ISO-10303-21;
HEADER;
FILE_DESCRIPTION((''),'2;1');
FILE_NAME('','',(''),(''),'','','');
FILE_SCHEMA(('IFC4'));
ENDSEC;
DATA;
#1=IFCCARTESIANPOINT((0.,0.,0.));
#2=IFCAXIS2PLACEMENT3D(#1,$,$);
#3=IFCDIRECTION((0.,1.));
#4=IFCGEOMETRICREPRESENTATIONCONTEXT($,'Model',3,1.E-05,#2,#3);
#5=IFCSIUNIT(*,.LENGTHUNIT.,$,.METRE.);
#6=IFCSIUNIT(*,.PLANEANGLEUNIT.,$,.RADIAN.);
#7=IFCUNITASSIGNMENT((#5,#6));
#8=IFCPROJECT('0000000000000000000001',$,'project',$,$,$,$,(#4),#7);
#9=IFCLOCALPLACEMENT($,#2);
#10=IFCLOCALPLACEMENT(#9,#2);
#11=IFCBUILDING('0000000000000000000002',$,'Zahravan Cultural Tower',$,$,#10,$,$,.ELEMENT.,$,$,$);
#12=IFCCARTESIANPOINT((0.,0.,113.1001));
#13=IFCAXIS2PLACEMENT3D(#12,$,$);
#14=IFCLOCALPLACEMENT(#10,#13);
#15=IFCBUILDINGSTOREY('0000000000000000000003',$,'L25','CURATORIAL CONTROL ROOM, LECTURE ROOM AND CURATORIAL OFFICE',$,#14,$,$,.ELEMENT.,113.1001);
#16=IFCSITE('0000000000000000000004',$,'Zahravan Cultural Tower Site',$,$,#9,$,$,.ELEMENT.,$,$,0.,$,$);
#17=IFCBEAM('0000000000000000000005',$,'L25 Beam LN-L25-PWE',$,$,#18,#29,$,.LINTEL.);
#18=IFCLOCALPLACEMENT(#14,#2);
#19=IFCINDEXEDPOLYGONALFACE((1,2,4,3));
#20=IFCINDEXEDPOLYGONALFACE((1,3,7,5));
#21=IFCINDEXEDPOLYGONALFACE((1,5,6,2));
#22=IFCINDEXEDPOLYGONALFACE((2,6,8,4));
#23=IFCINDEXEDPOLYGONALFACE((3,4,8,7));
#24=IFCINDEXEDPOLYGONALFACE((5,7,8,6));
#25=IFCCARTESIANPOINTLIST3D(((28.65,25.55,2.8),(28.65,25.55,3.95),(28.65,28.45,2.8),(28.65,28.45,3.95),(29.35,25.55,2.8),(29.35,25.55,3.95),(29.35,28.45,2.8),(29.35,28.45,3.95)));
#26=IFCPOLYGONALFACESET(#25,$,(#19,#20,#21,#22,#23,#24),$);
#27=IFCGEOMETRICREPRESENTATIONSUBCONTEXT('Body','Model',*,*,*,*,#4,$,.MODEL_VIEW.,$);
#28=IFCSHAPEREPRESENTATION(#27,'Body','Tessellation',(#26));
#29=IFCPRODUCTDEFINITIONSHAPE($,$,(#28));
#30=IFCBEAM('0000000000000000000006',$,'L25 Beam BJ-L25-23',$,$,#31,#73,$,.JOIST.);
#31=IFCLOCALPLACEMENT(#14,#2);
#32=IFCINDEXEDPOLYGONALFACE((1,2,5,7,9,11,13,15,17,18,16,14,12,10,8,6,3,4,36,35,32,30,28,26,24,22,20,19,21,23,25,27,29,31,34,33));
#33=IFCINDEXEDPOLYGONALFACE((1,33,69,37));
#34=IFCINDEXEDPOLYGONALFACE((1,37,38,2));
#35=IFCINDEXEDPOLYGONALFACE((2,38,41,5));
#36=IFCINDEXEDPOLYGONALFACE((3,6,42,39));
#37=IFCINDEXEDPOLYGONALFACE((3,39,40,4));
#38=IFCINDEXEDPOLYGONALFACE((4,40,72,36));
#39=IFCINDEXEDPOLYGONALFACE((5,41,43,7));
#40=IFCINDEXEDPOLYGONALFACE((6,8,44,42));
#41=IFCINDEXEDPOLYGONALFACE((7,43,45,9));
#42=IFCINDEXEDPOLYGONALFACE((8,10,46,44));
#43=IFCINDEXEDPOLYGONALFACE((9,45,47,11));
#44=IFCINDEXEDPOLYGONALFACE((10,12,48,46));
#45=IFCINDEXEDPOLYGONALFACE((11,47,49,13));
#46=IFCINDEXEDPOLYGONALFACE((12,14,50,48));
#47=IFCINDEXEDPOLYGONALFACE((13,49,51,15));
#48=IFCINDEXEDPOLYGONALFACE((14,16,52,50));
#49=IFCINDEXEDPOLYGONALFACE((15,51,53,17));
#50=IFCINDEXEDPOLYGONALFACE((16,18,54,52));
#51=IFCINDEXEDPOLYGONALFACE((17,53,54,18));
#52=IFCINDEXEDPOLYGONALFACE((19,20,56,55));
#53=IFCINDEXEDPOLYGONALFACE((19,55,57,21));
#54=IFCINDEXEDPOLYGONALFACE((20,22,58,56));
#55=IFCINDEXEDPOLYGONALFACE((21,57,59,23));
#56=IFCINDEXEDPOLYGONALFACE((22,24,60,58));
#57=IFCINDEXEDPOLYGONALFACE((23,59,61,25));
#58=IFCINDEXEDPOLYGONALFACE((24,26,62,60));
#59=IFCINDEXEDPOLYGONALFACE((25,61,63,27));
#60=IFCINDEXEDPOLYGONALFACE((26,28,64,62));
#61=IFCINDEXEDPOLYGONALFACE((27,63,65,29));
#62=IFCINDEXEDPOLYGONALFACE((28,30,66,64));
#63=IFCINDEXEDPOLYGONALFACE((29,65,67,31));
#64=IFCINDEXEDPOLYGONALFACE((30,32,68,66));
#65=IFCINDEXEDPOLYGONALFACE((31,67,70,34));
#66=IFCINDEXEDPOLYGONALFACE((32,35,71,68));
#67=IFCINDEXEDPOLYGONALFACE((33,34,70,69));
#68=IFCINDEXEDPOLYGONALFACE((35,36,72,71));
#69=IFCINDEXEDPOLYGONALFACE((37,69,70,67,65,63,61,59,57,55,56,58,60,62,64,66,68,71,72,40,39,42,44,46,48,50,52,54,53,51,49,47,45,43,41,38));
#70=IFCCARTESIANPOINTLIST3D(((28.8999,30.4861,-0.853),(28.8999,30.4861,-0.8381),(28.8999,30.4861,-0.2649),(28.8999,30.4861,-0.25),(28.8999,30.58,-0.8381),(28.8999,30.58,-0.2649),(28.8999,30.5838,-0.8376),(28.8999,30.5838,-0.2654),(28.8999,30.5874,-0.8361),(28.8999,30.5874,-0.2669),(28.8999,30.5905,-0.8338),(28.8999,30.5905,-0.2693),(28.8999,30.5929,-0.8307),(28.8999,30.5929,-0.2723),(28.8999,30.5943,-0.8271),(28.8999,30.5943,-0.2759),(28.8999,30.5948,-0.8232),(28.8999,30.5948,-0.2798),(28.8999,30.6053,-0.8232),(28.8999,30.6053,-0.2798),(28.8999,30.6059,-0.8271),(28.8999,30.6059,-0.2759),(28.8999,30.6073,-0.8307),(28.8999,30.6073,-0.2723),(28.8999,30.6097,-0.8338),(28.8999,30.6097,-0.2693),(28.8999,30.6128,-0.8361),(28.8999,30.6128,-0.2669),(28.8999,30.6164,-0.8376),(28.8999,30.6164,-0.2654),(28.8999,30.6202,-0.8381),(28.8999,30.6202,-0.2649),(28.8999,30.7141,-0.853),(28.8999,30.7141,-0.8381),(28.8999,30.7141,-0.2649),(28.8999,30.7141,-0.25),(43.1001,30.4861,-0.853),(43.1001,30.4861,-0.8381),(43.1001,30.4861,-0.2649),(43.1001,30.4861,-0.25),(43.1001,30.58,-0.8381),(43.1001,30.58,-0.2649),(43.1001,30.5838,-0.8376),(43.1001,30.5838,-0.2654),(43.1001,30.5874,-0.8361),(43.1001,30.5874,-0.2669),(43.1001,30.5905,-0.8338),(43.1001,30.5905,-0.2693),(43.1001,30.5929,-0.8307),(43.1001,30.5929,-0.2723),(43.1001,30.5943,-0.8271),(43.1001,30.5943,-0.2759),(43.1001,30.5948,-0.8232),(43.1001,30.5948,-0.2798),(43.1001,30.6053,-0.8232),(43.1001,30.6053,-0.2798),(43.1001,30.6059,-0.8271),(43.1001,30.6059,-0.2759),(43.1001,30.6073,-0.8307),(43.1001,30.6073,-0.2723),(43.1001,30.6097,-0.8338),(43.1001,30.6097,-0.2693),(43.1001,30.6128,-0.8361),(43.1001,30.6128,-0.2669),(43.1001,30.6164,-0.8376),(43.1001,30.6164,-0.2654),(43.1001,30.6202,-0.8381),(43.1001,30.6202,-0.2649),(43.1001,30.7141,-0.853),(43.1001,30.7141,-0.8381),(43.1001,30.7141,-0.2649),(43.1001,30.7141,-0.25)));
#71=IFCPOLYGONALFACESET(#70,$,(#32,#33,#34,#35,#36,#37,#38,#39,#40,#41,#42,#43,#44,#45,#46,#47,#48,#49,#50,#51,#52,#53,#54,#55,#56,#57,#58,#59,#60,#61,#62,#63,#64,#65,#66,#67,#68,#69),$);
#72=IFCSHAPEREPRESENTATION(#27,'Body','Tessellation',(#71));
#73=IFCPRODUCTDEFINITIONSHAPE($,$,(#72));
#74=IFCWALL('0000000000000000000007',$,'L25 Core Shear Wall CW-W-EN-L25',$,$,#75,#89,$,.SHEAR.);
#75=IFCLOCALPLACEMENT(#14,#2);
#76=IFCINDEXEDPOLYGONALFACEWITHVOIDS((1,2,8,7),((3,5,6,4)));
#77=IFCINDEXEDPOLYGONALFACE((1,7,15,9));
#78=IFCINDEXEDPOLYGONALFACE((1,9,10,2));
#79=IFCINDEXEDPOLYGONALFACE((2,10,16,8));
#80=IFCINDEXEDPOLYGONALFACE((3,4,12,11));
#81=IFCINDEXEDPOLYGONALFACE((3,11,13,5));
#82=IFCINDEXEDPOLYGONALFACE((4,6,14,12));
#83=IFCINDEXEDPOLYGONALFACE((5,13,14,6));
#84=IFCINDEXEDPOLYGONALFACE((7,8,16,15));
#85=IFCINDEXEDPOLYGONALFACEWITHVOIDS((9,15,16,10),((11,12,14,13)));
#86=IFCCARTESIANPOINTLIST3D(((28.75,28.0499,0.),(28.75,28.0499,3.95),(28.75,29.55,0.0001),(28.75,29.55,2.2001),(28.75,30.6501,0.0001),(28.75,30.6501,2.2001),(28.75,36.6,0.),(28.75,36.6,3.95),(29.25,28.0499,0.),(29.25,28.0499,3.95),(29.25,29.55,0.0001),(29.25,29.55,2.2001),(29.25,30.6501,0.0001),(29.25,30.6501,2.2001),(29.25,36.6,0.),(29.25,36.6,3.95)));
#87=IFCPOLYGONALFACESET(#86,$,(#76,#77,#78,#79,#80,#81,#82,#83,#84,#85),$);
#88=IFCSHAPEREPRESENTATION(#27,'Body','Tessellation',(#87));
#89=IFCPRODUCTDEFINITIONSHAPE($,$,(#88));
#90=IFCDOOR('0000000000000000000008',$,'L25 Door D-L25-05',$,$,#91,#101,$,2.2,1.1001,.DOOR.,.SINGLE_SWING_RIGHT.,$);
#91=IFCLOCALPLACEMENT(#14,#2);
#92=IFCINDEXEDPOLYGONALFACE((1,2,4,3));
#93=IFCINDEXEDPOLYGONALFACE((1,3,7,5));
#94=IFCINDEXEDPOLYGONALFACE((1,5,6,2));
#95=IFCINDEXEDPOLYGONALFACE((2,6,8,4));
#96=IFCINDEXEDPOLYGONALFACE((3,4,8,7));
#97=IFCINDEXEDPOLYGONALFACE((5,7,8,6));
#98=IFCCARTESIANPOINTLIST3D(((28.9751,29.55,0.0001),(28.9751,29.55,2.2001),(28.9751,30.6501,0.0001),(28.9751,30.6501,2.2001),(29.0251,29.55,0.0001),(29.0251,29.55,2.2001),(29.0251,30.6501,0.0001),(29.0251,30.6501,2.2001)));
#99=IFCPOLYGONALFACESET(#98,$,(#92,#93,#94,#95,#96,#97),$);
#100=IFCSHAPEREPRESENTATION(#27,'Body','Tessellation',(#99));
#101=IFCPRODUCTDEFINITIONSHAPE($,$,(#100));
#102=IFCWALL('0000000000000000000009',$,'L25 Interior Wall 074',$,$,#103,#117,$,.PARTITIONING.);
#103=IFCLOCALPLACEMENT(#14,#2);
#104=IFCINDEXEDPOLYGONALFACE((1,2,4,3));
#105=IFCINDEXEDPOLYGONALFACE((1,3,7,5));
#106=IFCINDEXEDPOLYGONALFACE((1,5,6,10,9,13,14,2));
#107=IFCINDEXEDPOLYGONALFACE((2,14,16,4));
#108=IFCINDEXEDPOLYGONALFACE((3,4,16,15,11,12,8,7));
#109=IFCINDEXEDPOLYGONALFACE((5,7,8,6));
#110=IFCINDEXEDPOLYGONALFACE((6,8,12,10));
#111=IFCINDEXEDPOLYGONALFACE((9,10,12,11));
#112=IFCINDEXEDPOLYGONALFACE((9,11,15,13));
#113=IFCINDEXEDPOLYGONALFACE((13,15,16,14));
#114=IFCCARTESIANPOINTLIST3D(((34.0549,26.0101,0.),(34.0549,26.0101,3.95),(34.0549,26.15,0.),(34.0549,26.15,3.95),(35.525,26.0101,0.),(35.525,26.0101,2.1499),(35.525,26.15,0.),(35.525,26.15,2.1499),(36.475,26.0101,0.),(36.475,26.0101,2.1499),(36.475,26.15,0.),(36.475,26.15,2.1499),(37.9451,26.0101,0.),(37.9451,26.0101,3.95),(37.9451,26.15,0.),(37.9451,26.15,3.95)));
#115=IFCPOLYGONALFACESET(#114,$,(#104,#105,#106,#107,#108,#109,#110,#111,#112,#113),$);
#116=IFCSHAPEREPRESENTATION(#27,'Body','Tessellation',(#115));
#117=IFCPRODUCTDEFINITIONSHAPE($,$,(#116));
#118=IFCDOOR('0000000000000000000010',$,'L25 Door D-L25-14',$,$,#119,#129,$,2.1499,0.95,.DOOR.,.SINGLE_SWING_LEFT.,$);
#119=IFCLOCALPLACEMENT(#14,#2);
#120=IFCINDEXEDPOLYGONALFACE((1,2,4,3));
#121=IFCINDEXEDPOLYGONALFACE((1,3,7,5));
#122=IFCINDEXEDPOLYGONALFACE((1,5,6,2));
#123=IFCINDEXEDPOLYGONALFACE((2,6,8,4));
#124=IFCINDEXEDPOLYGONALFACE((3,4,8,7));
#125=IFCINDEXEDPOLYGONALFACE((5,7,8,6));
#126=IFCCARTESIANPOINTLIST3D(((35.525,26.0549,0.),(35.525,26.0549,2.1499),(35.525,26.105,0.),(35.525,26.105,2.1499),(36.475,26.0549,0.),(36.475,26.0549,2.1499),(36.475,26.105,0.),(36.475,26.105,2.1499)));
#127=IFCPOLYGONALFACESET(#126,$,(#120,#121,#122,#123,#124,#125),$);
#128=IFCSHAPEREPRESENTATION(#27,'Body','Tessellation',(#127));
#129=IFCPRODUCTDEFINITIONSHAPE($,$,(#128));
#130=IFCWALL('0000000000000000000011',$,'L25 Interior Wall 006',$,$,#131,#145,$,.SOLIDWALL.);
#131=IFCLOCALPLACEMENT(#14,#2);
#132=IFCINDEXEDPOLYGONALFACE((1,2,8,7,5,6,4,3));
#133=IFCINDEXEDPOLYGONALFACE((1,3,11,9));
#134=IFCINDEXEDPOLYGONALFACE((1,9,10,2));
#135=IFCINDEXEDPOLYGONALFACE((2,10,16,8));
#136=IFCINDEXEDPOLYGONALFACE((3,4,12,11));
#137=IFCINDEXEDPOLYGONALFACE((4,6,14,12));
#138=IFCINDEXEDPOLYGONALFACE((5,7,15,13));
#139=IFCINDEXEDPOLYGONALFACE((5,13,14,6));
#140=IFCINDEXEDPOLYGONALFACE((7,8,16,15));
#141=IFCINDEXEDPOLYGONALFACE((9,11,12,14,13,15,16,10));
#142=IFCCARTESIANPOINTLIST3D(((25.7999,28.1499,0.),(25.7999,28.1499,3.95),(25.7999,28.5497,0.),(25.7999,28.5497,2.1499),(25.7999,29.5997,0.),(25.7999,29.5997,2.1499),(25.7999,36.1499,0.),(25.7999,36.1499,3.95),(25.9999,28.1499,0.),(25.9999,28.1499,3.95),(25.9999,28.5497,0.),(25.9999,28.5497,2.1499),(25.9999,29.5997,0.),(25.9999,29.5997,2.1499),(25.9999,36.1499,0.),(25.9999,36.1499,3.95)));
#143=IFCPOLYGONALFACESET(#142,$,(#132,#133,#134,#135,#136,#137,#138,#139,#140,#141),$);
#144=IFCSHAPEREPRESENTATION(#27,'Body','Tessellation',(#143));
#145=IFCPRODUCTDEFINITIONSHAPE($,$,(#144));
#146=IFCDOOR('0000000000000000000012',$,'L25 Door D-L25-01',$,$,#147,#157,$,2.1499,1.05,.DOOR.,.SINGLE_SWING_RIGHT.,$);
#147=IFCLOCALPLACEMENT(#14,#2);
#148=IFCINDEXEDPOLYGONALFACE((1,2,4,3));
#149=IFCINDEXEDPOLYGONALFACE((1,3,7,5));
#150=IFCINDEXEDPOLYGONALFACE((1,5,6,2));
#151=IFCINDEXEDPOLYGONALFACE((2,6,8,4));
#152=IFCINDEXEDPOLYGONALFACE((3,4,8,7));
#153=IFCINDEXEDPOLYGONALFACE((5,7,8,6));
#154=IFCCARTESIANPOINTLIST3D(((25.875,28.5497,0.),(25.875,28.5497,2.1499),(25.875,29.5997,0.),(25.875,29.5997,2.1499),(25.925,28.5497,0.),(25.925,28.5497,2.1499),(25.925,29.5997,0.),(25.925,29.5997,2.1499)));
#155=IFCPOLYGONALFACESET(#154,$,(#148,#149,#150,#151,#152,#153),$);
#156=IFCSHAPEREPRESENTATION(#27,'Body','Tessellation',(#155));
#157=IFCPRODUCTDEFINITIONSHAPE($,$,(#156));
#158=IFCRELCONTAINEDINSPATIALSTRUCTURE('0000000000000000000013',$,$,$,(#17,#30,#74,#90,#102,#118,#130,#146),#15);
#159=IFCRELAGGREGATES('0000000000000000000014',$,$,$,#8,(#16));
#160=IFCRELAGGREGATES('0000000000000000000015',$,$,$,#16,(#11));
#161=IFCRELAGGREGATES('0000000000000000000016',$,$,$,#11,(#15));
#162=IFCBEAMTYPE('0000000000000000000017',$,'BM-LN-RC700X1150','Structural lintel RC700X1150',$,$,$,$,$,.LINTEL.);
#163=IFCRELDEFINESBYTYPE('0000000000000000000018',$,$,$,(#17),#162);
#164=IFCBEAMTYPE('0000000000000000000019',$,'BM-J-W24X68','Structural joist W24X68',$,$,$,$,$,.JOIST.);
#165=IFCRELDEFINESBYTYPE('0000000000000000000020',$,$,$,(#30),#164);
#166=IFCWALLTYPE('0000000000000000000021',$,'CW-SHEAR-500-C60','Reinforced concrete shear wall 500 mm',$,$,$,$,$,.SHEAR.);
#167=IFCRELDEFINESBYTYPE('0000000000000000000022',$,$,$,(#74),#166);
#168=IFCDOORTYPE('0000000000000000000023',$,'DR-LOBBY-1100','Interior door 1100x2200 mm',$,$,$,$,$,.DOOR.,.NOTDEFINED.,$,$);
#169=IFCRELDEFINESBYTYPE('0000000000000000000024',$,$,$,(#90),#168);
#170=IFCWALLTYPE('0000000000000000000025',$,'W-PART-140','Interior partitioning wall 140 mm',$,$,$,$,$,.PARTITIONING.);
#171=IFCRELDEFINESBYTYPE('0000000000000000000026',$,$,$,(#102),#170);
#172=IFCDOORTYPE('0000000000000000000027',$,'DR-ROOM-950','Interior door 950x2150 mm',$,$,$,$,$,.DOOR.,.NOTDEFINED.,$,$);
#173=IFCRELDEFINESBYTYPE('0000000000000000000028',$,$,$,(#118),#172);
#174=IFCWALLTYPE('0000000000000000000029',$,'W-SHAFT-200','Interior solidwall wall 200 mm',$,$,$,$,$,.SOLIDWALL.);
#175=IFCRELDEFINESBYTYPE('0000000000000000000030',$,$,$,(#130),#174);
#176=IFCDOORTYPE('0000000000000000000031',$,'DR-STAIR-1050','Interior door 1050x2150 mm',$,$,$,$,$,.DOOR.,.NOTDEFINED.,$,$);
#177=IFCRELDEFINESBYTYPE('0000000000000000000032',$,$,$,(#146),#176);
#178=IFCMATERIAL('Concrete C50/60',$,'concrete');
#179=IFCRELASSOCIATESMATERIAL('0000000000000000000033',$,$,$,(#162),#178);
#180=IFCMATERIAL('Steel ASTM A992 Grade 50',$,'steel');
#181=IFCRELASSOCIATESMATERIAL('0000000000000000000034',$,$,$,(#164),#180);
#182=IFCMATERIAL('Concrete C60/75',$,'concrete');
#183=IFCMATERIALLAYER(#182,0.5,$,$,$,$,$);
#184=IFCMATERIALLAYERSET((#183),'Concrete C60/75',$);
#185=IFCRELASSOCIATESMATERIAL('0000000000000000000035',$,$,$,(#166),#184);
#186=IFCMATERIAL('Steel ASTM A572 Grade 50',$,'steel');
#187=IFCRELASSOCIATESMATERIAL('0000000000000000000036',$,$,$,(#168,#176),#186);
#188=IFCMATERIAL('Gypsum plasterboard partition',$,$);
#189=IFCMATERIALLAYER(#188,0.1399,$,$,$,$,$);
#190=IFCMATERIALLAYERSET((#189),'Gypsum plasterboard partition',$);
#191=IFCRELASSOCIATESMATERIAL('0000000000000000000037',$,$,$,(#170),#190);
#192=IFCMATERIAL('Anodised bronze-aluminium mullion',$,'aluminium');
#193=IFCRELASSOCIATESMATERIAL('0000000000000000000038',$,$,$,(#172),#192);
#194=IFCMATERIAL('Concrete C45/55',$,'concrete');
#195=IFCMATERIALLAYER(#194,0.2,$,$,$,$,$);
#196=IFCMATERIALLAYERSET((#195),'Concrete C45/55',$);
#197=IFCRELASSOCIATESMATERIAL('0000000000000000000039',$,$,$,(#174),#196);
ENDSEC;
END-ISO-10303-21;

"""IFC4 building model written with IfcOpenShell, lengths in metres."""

from ifc_helpers import new_model, si_unit, direction, frame, frame_2d, origin, origin_2d, place, context, subcontext, project, spatial, rectangle, i_section, extrude, source, transform, mapped, material, layer, layer_set, material_profile, profile_set, type_object, element, fill, save


model = new_model("IFC4")

# Units and contexts
model_context = context("Model", 3, precision=1e-05, world=origin(), true_north=direction((0.0, 1.0)))
body_context = subcontext(model_context, "Body", "Model", "MODEL_VIEW")
ifc_project = project(units=[si_unit("LENGTHUNIT", "METRE"), si_unit("PLANEANGLEUNIT", "RADIAN")], contexts=[model_context])

# Site, building, storey
site_placement = place(None, origin())
site = spatial("IfcSite", under=ifc_project, at=site_placement, Name="Zahravan Cultural Tower Site", CompositionType="ELEMENT", RefElevation=0.0)
building_placement = place(site_placement, origin())
building = spatial("IfcBuilding", under=site, at=building_placement, Name="Zahravan Cultural Tower", CompositionType="ELEMENT")
storey_placement = place(building_placement, frame((0.0, 0.0, 113.1001)))
storey = spatial("IfcBuildingStorey", under=building, at=storey_placement, Name="L25", Description="CURATORIAL CONTROL ROOM, LECTURE ROOM AND CURATORIAL OFFICE", CompositionType="ELEMENT", Elevation=113.1001)

# Beams
ifc_material_1 = material(Name="Concrete C50/60", Category="concrete")
ifc_material_profile_1 = material_profile(ifc_material_1, rectangle(XDim=0.7, YDim=1.1499, at=origin_2d()), Name="RC700X1150")
ifc_profile_set_1 = profile_set([ifc_material_profile_1], Name="Concrete C50/60")
beam_type_1 = type_object("IfcBeamType", Name="BM-LN-RC700X1150", Description="Structural lintel RC700X1150", PredefinedType="LINTEL", material=ifc_profile_set_1)
shared_shape_1 = source(origin(), body_context, "Body", "SweptSolid", [
    extrude(rectangle(XDim=0.7, YDim=1.1499, at=origin_2d()), origin(), (0.0, 0.0, 1.0), 2.8999),
])
beam_1_placement = place(storey_placement, frame((29.0, 25.55, 3.375), z_axis=(0.0, 1.0, 0.0), x_axis=(-1.0, 0.0, 0.0)))
element("IfcBeam", 1, at=beam_1_placement, inside=storey, type_object=beam_type_1, Name="L25 Beam LN-L25-PWE", PredefinedType="LINTEL", context=body_context, shape_type="MappedRepresentation", body=[
    mapped(shared_shape_1, transform((0.0, 0.0, 0.0), x_axis=(1.0, 0.0, 0.0), y_axis=(0.0, 1.0, 0.0), z_axis=(0.0, 0.0, 1.0), scale=1.0)),
])
ifc_material_2 = material(Name="Steel ASTM A992 Grade 50", Category="steel")
ifc_material_profile_2 = material_profile(ifc_material_2, i_section(OverallWidth=0.228, OverallDepth=0.603, WebThickness=0.0105, FlangeThickness=0.0149, FilletRadius=0.0149, at=origin_2d()), Name="W24X68")
ifc_profile_set_2 = profile_set([ifc_material_profile_2], Name="Steel ASTM A992 Grade 50")
beam_type_2 = type_object("IfcBeamType", Name="BM-J-W24X68", Description="Structural joist W24X68", PredefinedType="JOIST", material=ifc_profile_set_2)
shared_shape_2 = source(origin(), body_context, "Body", "SweptSolid", [
    extrude(i_section(OverallWidth=0.228, OverallDepth=0.603, WebThickness=0.0105, FlangeThickness=0.0149, FilletRadius=0.0149, at=origin_2d()), origin(), (0.0, 0.0, 1.0), 14.2002),
])
beam_2_placement = place(storey_placement, frame((28.8999, 30.6001, -0.5515), z_axis=(1.0, 0.0, 0.0), x_axis=(0.0, 1.0, 0.0)))
element("IfcBeam", 2, at=beam_2_placement, inside=storey, type_object=beam_type_2, Name="L25 Beam BJ-L25-23", PredefinedType="JOIST", context=body_context, shape_type="MappedRepresentation", body=[
    mapped(shared_shape_2, transform((0.0, 0.0, 0.0), x_axis=(1.0, 0.0, 0.0), y_axis=(0.0, 1.0, 0.0), z_axis=(0.0, 0.0, 1.0), scale=1.0)),
])

# Walls, openings, doors
ifc_material_3 = material(Name="Concrete C60/75", Category="concrete")
ifc_layer_1 = layer(ifc_material_3, 0.5)
ifc_layer_set_1 = layer_set([ifc_layer_1], Name="Concrete C60/75")
wall_type_1 = type_object("IfcWallType", Name="CW-SHEAR-500-C60", Description="Reinforced concrete shear wall 500 mm", PredefinedType="SHEAR", material=ifc_layer_set_1)
wall_1_placement = place(storey_placement, frame((29.0, 28.05, 0.0), z_axis=(0.0, 0.0, 1.0), x_axis=(0.0, 1.0, 0.0)))
wall_1 = element("IfcWall", 3, at=wall_1_placement, inside=storey, type_object=wall_type_1, Name="L25 Core Shear Wall CW-W-EN-L25", PredefinedType="SHEAR", context=body_context, shape_type="SweptSolid", body=[
    extrude(rectangle(XDim=8.55, YDim=0.5, at=frame_2d((4.2749, 0.0))), origin(), (0.0, 0.0, 1.0), 3.95),
])
opening_1_placement = place(wall_1_placement, frame((1.5, 0.0, 0.0)))
opening_1 = element("IfcOpeningElement", 4, at=opening_1_placement, cuts=wall_1, PredefinedType="OPENING", context=body_context, shape_type="SweptSolid", body=[
    extrude(rectangle(XDim=1.1001, YDim=2.2, at=frame_2d((0.55, 1.1001))), frame((0.0, 0.26, 0.0), z_axis=(0.0, -1.0, 0.0), x_axis=(1.0, 0.0, 0.0)), (0.0, 0.0, 1.0), 0.52),
])
ifc_material_4 = material(Name="Steel ASTM A572 Grade 50", Category="steel")
door_type_1 = type_object("IfcDoorType", Name="DR-LOBBY-1100", Description="Interior door 1100x2200 mm", OperationType="NOTDEFINED", PredefinedType="DOOR", material=ifc_material_4)
shared_shape_3 = source(origin(), body_context, "Body", "SweptSolid", [
    extrude(rectangle(XDim=1.1001, YDim=2.2, at=frame_2d((0.55, 1.1001))), frame((0.0, 0.0249, 0.0), z_axis=(0.0, -1.0, 0.0), x_axis=(1.0, 0.0, 0.0)), (0.0, 0.0, 1.0), 0.05),
])
door_1_placement = place(opening_1_placement, origin())
door_1 = element("IfcDoor", 5, at=door_1_placement, inside=storey, type_object=door_type_1, Name="L25 Door D-L25-05", OperationType="SINGLE_SWING_RIGHT", OverallHeight=2.2, OverallWidth=1.1001, PredefinedType="DOOR", context=body_context, shape_type="MappedRepresentation", body=[
    mapped(shared_shape_3, transform((0.0, 0.0, 0.0), x_axis=(1.0, 0.0, 0.0), y_axis=(0.0, 1.0, 0.0), z_axis=(0.0, 0.0, 1.0), scale=1.0)),
])
fill(opening_1, door_1)
ifc_material_5 = material(Name="Gypsum plasterboard partition")
ifc_layer_2 = layer(ifc_material_5, 0.1399)
ifc_layer_set_2 = layer_set([ifc_layer_2], Name="Gypsum plasterboard partition")
wall_type_2 = type_object("IfcWallType", Name="W-PART-140", Description="Interior partitioning wall 140 mm", PredefinedType="PARTITIONING", material=ifc_layer_set_2)
wall_2_placement = place(storey_placement, frame((34.0549, 26.0801, 0.0), z_axis=(0.0, 0.0, 1.0), x_axis=(1.0, 0.0, 0.0)))
wall_2 = element("IfcWall", 6, at=wall_2_placement, inside=storey, type_object=wall_type_2, Name="L25 Interior Wall 074", PredefinedType="PARTITIONING", context=body_context, shape_type="SweptSolid", body=[
    extrude(rectangle(XDim=3.8901, YDim=0.1399, at=frame_2d((1.9451, 0.0))), origin(), (0.0, 0.0, 1.0), 3.95),
])
opening_2_placement = place(wall_2_placement, frame((1.47, 0.0, 0.0)))
opening_2 = element("IfcOpeningElement", 7, at=opening_2_placement, cuts=wall_2, PredefinedType="OPENING", context=body_context, shape_type="SweptSolid", body=[
    extrude(rectangle(XDim=0.95, YDim=2.1499, at=frame_2d((0.4751, 1.075))), frame((0.0, 0.0798, 0.0), z_axis=(0.0, -1.0, 0.0), x_axis=(1.0, 0.0, 0.0)), (0.0, 0.0, 1.0), 0.1599),
])
ifc_material_6 = material(Name="Anodised bronze-aluminium mullion", Category="aluminium")
door_type_2 = type_object("IfcDoorType", Name="DR-ROOM-950", Description="Interior door 950x2150 mm", OperationType="NOTDEFINED", PredefinedType="DOOR", material=ifc_material_6)
shared_shape_4 = source(origin(), body_context, "Body", "SweptSolid", [
    extrude(rectangle(XDim=0.95, YDim=2.1499, at=frame_2d((0.4751, 1.075))), frame((0.0, 0.0249, 0.0), z_axis=(0.0, -1.0, 0.0), x_axis=(1.0, 0.0, 0.0)), (0.0, 0.0, 1.0), 0.05),
])
door_2_placement = place(opening_2_placement, origin())
door_2 = element("IfcDoor", 8, at=door_2_placement, inside=storey, type_object=door_type_2, Name="L25 Door D-L25-14", OperationType="SINGLE_SWING_LEFT", OverallHeight=2.1499, OverallWidth=0.95, PredefinedType="DOOR", context=body_context, shape_type="MappedRepresentation", body=[
    mapped(shared_shape_4, transform((0.0, 0.0, 0.0), x_axis=(1.0, 0.0, 0.0), y_axis=(0.0, 1.0, 0.0), z_axis=(0.0, 0.0, 1.0), scale=1.0)),
])
fill(opening_2, door_2)
ifc_material_7 = material(Name="Concrete C45/55", Category="concrete")
ifc_layer_3 = layer(ifc_material_7, 0.2)
ifc_layer_set_3 = layer_set([ifc_layer_3], Name="Concrete C45/55")
wall_type_3 = type_object("IfcWallType", Name="W-SHAFT-200", Description="Interior solidwall wall 200 mm", PredefinedType="SOLIDWALL", material=ifc_layer_set_3)
wall_3_placement = place(storey_placement, frame((25.8999, 28.1499, 0.0), z_axis=(0.0, 0.0, 1.0), x_axis=(0.0, 1.0, 0.0)))
wall_3 = element("IfcWall", 9, at=wall_3_placement, inside=storey, type_object=wall_type_3, Name="L25 Interior Wall 006", PredefinedType="SOLIDWALL", context=body_context, shape_type="SweptSolid", body=[
    extrude(rectangle(XDim=8.0, YDim=0.2, at=frame_2d((4.0, 0.0))), origin(), (0.0, 0.0, 1.0), 3.95),
])
opening_3_placement = place(wall_3_placement, frame((0.3999, 0.0, 0.0)))
opening_3 = element("IfcOpeningElement", 10, at=opening_3_placement, cuts=wall_3, PredefinedType="OPENING", context=body_context, shape_type="SweptSolid", body=[
    extrude(rectangle(XDim=1.05, YDim=2.1499, at=frame_2d((0.5249, 1.075))), frame((0.0, 0.1099, 0.0), z_axis=(0.0, -1.0, 0.0), x_axis=(1.0, 0.0, 0.0)), (0.0, 0.0, 1.0), 0.22),
])
door_type_3 = type_object("IfcDoorType", Name="DR-STAIR-1050", Description="Interior door 1050x2150 mm", OperationType="NOTDEFINED", PredefinedType="DOOR", material=ifc_material_4)
shared_shape_5 = source(origin(), body_context, "Body", "SweptSolid", [
    extrude(rectangle(XDim=1.05, YDim=2.1499, at=frame_2d((0.5249, 1.075))), frame((0.0, 0.0249, 0.0), z_axis=(0.0, -1.0, 0.0), x_axis=(1.0, 0.0, 0.0)), (0.0, 0.0, 1.0), 0.05),
])
door_3_placement = place(opening_3_placement, origin())
door_3 = element("IfcDoor", 11, at=door_3_placement, inside=storey, type_object=door_type_3, Name="L25 Door D-L25-01", OperationType="SINGLE_SWING_RIGHT", OverallHeight=2.1499, OverallWidth=1.05, PredefinedType="DOOR", context=body_context, shape_type="MappedRepresentation", body=[
    mapped(shared_shape_5, transform((0.0, 0.0, 0.0), x_axis=(1.0, 0.0, 0.0), y_axis=(0.0, 1.0, 0.0), z_axis=(0.0, 0.0, 1.0), scale=1.0)),
])
fill(opening_3, door_3)

save(model, "model.ifc")
